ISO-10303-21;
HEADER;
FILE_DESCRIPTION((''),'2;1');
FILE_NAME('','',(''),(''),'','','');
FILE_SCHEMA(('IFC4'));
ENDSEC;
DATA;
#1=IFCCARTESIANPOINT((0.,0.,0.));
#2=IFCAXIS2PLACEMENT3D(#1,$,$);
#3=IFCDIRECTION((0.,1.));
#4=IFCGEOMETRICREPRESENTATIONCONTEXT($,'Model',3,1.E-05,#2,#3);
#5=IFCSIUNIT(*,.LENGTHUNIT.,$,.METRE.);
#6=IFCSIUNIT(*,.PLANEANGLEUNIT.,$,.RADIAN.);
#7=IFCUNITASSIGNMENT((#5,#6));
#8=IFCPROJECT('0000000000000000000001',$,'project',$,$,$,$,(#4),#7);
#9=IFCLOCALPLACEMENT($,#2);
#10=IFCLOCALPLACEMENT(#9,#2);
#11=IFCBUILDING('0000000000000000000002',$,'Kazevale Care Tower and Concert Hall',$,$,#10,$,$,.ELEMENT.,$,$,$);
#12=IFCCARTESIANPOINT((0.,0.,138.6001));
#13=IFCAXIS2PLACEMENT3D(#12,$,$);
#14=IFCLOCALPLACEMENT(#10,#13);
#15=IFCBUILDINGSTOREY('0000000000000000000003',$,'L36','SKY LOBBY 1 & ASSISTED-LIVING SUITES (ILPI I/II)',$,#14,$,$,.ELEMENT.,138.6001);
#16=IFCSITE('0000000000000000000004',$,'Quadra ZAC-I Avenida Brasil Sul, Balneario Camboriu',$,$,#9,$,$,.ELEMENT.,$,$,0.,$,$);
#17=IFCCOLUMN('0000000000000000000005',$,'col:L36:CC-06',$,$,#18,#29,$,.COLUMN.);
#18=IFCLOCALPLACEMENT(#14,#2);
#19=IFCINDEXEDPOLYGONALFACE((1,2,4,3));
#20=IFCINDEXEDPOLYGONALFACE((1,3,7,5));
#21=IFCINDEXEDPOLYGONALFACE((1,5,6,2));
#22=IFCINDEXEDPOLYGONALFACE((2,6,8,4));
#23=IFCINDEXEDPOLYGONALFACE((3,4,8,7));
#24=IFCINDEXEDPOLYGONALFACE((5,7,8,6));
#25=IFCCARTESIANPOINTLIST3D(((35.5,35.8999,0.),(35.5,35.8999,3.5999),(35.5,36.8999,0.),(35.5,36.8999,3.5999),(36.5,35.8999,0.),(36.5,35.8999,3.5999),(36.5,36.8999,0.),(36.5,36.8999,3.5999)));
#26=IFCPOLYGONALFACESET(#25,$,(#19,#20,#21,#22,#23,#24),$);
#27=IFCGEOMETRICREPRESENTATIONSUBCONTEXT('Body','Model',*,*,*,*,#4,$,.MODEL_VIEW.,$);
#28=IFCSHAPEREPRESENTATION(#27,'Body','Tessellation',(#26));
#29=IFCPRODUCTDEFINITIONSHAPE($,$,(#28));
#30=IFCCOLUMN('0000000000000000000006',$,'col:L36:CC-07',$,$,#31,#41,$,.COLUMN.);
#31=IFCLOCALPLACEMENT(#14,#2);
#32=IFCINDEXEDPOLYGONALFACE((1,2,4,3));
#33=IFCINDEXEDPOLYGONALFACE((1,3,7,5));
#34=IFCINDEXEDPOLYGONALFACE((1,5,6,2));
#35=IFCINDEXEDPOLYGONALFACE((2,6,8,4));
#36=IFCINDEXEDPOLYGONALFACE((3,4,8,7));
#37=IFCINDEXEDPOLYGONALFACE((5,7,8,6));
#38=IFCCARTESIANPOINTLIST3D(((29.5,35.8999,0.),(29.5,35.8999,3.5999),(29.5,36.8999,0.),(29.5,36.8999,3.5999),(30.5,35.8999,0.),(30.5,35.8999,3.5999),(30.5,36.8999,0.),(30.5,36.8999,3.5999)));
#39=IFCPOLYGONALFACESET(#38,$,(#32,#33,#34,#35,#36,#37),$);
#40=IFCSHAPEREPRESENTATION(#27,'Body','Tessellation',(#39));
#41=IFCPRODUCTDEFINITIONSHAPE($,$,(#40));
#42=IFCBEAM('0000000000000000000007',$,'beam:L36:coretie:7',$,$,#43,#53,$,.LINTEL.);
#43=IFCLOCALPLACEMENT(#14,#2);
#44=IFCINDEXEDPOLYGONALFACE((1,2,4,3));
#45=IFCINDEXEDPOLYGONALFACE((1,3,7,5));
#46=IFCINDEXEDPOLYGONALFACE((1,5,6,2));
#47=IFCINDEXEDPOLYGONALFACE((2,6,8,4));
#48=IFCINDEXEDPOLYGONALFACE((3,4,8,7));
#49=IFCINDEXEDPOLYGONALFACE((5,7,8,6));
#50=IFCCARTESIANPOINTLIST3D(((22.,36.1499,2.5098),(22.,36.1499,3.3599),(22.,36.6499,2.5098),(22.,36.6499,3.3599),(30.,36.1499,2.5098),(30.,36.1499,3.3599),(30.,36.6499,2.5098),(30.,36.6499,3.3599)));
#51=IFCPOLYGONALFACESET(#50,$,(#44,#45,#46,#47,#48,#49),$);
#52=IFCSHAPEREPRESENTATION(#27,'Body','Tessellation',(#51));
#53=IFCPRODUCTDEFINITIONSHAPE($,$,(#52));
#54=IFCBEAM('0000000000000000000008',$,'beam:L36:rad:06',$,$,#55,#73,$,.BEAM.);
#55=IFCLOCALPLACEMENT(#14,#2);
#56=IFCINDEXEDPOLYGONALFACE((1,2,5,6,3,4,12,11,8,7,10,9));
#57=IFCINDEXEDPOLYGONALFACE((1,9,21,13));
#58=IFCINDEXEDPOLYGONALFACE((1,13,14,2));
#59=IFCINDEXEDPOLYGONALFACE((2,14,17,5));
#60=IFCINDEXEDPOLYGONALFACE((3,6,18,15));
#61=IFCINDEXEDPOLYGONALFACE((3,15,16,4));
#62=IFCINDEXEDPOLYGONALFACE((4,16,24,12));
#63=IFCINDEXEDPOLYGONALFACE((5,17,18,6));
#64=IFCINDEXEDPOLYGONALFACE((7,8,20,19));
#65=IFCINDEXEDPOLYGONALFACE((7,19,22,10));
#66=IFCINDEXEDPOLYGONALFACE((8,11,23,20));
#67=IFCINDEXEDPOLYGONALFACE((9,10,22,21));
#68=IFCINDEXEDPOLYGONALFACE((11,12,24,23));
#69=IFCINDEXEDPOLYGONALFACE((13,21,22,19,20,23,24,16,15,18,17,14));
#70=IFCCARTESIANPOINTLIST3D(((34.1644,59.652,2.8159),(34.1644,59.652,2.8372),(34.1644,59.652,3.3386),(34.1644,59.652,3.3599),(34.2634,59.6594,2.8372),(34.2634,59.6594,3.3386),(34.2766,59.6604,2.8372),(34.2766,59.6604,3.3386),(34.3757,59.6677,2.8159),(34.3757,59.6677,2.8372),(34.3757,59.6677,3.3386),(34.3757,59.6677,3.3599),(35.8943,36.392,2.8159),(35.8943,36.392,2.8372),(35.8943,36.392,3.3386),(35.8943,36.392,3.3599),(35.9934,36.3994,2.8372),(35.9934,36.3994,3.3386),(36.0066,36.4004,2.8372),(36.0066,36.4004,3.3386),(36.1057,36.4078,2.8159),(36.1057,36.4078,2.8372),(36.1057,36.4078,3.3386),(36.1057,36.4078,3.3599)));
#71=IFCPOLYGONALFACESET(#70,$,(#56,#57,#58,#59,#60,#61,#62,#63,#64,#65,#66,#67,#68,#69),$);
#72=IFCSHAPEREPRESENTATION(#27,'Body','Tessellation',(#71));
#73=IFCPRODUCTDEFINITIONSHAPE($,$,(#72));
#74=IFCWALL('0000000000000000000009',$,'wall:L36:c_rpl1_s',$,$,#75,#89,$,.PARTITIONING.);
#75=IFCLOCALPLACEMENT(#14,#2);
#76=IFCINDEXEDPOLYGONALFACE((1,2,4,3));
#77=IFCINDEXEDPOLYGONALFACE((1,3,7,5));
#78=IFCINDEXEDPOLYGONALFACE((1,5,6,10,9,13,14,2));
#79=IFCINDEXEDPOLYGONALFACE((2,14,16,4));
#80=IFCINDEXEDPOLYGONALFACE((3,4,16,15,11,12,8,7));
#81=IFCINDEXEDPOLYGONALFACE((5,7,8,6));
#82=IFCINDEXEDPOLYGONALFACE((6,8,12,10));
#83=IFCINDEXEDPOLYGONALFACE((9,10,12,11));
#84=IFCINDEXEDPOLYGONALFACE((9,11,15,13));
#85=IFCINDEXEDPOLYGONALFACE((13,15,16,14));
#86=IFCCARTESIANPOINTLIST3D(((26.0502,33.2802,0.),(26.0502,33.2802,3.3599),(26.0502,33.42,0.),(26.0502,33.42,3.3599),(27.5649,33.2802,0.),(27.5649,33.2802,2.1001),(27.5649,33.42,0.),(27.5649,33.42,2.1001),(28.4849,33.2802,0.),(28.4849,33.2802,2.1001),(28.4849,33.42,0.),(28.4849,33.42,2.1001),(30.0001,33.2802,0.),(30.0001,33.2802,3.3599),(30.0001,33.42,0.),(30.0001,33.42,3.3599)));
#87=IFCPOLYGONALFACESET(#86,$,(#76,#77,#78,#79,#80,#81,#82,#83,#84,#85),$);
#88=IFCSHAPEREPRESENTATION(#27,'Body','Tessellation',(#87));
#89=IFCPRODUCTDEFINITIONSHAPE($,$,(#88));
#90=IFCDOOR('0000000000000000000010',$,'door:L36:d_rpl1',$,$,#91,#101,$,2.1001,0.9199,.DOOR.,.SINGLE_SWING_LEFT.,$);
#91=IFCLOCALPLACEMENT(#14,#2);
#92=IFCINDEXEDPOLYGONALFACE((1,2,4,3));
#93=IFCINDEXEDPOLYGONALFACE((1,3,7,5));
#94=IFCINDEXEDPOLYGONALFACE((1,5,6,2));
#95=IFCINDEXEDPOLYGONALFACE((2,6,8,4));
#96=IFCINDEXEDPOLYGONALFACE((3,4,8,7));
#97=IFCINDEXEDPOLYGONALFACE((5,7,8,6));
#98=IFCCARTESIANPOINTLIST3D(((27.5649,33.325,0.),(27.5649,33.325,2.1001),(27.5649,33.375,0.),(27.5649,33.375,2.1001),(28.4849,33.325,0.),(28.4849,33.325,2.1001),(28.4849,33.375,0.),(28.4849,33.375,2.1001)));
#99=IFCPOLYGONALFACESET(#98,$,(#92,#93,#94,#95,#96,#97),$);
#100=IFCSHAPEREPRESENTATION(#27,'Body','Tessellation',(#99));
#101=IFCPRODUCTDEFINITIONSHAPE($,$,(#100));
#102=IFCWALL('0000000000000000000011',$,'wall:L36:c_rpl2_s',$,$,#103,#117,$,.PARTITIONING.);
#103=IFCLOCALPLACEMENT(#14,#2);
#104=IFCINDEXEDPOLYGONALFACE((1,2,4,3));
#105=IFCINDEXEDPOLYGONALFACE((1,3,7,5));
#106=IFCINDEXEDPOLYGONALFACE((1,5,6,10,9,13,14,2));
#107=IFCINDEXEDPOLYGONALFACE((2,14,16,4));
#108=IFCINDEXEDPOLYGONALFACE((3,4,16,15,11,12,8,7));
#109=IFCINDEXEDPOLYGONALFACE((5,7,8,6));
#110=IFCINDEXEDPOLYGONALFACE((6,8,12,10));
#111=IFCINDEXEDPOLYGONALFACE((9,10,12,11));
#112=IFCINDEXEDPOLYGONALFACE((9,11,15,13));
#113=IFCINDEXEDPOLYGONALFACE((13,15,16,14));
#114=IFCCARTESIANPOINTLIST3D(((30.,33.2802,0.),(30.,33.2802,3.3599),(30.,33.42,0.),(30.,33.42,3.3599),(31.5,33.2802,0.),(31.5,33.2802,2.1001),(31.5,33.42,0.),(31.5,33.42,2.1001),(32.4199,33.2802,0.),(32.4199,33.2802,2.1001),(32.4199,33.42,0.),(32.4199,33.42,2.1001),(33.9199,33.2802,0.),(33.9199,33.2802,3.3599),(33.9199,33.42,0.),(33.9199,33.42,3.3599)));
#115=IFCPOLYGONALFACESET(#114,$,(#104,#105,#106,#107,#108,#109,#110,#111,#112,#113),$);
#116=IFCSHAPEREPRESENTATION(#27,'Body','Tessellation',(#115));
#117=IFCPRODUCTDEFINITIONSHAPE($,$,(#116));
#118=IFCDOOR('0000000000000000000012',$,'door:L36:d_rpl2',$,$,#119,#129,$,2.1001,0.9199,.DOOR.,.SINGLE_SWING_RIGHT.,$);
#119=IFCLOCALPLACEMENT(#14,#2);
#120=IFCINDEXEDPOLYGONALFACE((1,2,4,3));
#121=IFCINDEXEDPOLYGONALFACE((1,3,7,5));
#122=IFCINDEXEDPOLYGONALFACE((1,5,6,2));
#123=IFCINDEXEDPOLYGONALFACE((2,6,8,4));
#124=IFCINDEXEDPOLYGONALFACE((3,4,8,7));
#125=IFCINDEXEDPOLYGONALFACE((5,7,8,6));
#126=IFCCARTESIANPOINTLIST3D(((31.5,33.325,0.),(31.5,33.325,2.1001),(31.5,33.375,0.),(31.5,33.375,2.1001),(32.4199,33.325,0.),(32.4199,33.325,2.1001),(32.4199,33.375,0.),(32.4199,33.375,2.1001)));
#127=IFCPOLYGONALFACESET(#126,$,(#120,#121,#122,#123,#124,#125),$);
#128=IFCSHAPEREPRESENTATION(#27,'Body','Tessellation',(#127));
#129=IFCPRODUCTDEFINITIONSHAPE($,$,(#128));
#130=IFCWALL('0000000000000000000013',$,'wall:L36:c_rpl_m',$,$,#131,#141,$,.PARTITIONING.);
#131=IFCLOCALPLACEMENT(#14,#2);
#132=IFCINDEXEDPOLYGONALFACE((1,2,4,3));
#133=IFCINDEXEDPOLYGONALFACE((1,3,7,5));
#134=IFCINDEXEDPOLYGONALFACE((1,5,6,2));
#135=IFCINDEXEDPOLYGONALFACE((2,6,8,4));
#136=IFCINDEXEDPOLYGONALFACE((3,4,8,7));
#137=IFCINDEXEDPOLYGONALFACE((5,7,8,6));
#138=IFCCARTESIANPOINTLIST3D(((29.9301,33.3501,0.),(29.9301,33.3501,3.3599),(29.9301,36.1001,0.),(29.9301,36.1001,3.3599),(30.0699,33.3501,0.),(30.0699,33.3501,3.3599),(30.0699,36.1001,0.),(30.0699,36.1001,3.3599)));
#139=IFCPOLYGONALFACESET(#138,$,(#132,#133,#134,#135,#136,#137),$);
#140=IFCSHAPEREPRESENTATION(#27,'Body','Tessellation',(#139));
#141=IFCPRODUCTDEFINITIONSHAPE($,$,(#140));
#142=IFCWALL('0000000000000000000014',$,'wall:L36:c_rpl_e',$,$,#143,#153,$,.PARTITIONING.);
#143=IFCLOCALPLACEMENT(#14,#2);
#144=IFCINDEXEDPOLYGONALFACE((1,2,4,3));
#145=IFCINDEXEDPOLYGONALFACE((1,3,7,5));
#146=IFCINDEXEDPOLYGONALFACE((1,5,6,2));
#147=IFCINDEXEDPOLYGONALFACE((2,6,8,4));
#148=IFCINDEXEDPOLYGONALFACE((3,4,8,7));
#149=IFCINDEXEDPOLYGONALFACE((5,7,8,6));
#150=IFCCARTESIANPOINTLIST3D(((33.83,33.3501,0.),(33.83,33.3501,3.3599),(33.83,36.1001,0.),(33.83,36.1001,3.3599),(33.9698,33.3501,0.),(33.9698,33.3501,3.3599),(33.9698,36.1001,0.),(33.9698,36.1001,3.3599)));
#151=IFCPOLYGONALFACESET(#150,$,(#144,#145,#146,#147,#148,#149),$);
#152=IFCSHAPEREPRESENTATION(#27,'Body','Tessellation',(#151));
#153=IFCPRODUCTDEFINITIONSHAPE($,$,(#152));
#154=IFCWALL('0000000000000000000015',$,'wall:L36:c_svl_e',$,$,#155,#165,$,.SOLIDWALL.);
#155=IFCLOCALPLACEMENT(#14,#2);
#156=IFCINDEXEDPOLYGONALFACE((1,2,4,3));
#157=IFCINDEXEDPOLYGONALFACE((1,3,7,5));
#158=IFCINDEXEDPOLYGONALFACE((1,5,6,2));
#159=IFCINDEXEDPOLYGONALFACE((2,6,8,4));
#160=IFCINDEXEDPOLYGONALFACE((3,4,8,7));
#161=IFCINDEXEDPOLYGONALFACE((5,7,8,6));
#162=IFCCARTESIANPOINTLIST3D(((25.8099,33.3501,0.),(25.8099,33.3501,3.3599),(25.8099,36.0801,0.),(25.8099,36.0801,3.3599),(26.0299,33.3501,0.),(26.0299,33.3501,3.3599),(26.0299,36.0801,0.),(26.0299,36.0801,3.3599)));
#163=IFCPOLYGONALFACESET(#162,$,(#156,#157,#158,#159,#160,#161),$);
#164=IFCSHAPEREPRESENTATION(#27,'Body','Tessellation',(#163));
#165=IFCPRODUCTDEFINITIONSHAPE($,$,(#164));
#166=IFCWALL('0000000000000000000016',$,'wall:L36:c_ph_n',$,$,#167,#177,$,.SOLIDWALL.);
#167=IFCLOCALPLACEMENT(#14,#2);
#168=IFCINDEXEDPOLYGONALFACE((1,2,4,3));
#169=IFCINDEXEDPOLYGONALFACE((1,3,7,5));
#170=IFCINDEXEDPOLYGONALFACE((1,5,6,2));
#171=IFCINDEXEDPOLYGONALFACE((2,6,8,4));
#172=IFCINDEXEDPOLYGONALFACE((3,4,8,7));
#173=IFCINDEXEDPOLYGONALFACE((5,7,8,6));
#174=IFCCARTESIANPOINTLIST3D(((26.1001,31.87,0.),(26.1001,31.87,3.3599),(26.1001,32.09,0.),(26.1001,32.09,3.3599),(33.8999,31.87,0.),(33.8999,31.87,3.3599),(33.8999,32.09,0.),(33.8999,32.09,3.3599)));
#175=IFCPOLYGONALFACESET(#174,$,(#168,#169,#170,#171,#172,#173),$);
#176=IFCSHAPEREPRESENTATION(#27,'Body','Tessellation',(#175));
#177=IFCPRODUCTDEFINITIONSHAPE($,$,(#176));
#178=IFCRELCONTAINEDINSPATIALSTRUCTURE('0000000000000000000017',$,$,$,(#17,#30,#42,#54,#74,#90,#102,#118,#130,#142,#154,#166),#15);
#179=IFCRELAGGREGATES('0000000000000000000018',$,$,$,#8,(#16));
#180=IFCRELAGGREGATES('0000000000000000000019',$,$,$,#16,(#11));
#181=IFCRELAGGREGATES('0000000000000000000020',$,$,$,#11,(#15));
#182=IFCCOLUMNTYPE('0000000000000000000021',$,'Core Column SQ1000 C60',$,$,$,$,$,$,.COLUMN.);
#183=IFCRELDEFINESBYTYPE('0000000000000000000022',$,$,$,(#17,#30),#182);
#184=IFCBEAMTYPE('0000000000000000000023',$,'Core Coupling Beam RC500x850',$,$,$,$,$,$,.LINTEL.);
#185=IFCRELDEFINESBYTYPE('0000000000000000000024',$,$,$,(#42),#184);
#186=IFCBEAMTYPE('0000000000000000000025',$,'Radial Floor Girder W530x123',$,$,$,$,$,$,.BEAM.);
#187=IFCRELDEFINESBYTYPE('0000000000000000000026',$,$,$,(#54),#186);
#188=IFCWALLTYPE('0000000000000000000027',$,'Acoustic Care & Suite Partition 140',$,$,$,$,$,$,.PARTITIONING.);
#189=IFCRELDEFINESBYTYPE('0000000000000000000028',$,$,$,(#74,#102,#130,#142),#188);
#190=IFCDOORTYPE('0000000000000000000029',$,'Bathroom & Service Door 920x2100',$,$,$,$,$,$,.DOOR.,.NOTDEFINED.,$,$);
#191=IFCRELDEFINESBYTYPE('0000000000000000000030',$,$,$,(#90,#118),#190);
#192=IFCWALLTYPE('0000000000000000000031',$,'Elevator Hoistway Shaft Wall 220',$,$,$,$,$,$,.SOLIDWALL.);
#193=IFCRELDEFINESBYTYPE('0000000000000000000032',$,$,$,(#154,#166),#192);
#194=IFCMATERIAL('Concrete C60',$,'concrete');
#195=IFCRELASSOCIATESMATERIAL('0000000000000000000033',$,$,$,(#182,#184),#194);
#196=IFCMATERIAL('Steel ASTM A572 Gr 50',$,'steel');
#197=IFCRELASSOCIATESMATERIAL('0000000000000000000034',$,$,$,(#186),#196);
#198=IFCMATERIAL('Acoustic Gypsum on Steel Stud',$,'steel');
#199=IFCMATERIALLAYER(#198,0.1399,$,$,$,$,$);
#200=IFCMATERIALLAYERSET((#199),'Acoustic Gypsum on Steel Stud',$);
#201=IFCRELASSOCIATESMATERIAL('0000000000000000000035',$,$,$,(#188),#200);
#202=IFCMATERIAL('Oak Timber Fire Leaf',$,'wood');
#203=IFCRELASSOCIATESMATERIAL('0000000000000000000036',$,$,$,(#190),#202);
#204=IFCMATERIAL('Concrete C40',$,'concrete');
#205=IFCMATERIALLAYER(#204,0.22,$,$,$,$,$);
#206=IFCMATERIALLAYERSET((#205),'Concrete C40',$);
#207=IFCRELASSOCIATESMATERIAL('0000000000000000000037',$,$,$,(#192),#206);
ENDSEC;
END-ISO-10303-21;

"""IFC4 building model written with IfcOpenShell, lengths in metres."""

from ifc_helpers import new_model, si_unit, direction, frame, frame_2d, origin, origin_2d, place, context, subcontext, project, spatial, rectangle, i_section, extrude, material, layer, layer_set, material_profile, profile_set, type_object, element, fill, save


model = new_model("IFC4")

# Units and contexts
model_context = context("Model", 3, precision=1e-05, world=origin(), true_north=direction((0.0, 1.0)))
body_context = subcontext(model_context, "Body", "Model", "MODEL_VIEW")
ifc_project = project(units=[si_unit("LENGTHUNIT", "METRE"), si_unit("PLANEANGLEUNIT", "RADIAN")], contexts=[model_context])

# Site, building, storey
site_placement = place(None, origin())
site = spatial("IfcSite", under=ifc_project, at=site_placement, Name="Quadra ZAC-I Avenida Brasil Sul, Balneario Camboriu", CompositionType="ELEMENT", RefElevation=0.0)
building_placement = place(site_placement, origin())
building = spatial("IfcBuilding", under=site, at=building_placement, Name="Kazevale Care Tower and Concert Hall", CompositionType="ELEMENT")
storey_placement = place(building_placement, frame((0.0, 0.0, 138.6001)))
storey = spatial("IfcBuildingStorey", under=building, at=storey_placement, Name="L36", Description="SKY LOBBY 1 & ASSISTED-LIVING SUITES (ILPI I/II)", CompositionType="ELEMENT", Elevation=138.6001)

# Columns
ifc_material_1 = material(Name="Concrete C60", Category="concrete")
ifc_material_profile_1 = material_profile(ifc_material_1, rectangle(XDim=1.0, YDim=1.0, at=origin_2d()), Name="RC-SQ1000")
ifc_profile_set_1 = profile_set([ifc_material_profile_1], Name="Concrete C60")
column_type = type_object("IfcColumnType", Name="Core Column SQ1000 C60", PredefinedType="COLUMN", material=ifc_profile_set_1)
for number, where, z_axis, x_axis, name in (
    (1, (36.0, 36.3999, 0.0), (0.0, 0.0, 1.0), (1.0, 0.0, 0.0), "col:L36:CC-06"),
    (2, (30.0, 36.3999, 0.0), (0.0, 0.0, 1.0), (1.0, 0.0, 0.0), "col:L36:CC-07"),
):
    element("IfcColumn", number, at=place(storey_placement, frame(where, z_axis=z_axis, x_axis=x_axis)), inside=storey, type_object=column_type, Name=name, PredefinedType="COLUMN", context=body_context, shape_type="SweptSolid", body=[
        extrude(rectangle(XDim=1.0, YDim=1.0, at=origin_2d()), origin(), (0.0, 0.0, 1.0), 3.5999),
    ])

# Beams
ifc_material_profile_2 = material_profile(ifc_material_1, rectangle(XDim=0.5, YDim=0.8501, at=origin_2d()), Name="RC-B500x850")
ifc_profile_set_2 = profile_set([ifc_material_profile_2], Name="Concrete C60")
beam_type_1 = type_object("IfcBeamType", Name="Core Coupling Beam RC500x850", PredefinedType="LINTEL", material=ifc_profile_set_2)
beam_1_placement = place(storey_placement, frame((30.0, 36.3999, 2.9348), z_axis=(-1.0, 0.0, 0.0), x_axis=(0.0, -1.0, 0.0)))
element("IfcBeam", 3, at=beam_1_placement, inside=storey, type_object=beam_type_1, Name="beam:L36:coretie:7", PredefinedType="LINTEL", context=body_context, shape_type="SweptSolid", body=[
    extrude(rectangle(XDim=0.5, YDim=0.8501, at=origin_2d()), origin(), (0.0, 0.0, 1.0), 8.0),
])
ifc_material_2 = material(Name="Steel ASTM A572 Gr 50", Category="steel")
ifc_material_profile_3 = material_profile(ifc_material_2, i_section(OverallWidth=0.2119, OverallDepth=0.5439, WebThickness=0.0132, FlangeThickness=0.0212, at=origin_2d()), Name="W530x123")
ifc_profile_set_3 = profile_set([ifc_material_profile_3], Name="Steel ASTM A572 Gr 50")
beam_type_2 = type_object("IfcBeamType", Name="Radial Floor Girder W530x123", PredefinedType="BEAM", material=ifc_profile_set_3)
beam_2_placement = place(storey_placement, frame((36.0, 36.3999, 3.0879), z_axis=(-0.074171, 0.997246, 0.0), x_axis=(-0.997246, -0.074171, 0.0)))
element("IfcBeam", 4, at=beam_2_placement, inside=storey, type_object=beam_type_2, Name="beam:L36:rad:06", PredefinedType="BEAM", context=body_context, shape_type="SweptSolid", body=[
    extrude(i_section(OverallWidth=0.2119, OverallDepth=0.5439, WebThickness=0.0132, FlangeThickness=0.0212, at=origin_2d()), origin(), (0.0, 0.0, 1.0), 23.3242),
])

# Walls, openings, doors
ifc_material_3 = material(Name="Acoustic Gypsum on Steel Stud", Category="steel")
ifc_layer_1 = layer(ifc_material_3, 0.1399)
ifc_layer_set_1 = layer_set([ifc_layer_1], Name="Acoustic Gypsum on Steel Stud")
wall_type_1 = type_object("IfcWallType", Name="Acoustic Care & Suite Partition 140", PredefinedType="PARTITIONING", material=ifc_layer_set_1)
wall_1_placement = place(storey_placement, frame((26.05, 33.3501, 0.0), z_axis=(0.0, 0.0, 1.0), x_axis=(1.0, 0.0, 0.0)))
wall_1 = element("IfcWall", 5, at=wall_1_placement, inside=storey, type_object=wall_type_1, Name="wall:L36:c_rpl1_s", PredefinedType="PARTITIONING", context=body_context, shape_type="SweptSolid", body=[
    extrude(rectangle(XDim=3.95, YDim=0.1399, at=frame_2d((1.9751, 0.0))), origin(), (0.0, 0.0, 1.0), 3.3599),
])
opening_1_placement = place(wall_1_placement, frame((1.5149, 0.0, 0.0)))
opening_1 = element("IfcOpeningElement", 6, at=opening_1_placement, cuts=wall_1, PredefinedType="OPENING", context=body_context, shape_type="SweptSolid", body=[
    extrude(rectangle(XDim=0.9199, YDim=2.1001, at=frame_2d((0.46, 1.05))), frame((0.0, 0.0798, 0.0), z_axis=(0.0, -1.0, 0.0), x_axis=(1.0, 0.0, 0.0)), (0.0, 0.0, 1.0), 0.1599),
])
ifc_material_4 = material(Name="Oak Timber Fire Leaf", Category="wood")
door_type_1 = type_object("IfcDoorType", Name="Bathroom & Service Door 920x2100", OperationType="NOTDEFINED", PredefinedType="DOOR", material=ifc_material_4)
door_1_placement = place(opening_1_placement, origin())
door_1 = element("IfcDoor", 7, at=door_1_placement, inside=storey, type_object=door_type_1, Name="door:L36:d_rpl1", OperationType="SINGLE_SWING_LEFT", OverallHeight=2.1001, OverallWidth=0.9199, PredefinedType="DOOR", context=body_context, shape_type="SweptSolid", body=[
    extrude(rectangle(XDim=0.9199, YDim=2.1001, at=frame_2d((0.46, 1.05))), frame((0.0, 0.0249, 0.0), z_axis=(0.0, -1.0, 0.0), x_axis=(1.0, 0.0, 0.0)), (0.0, 0.0, 1.0), 0.05),
])
fill(opening_1, door_1)
wall_2_placement = place(storey_placement, frame((30.0, 33.3501, 0.0), z_axis=(0.0, 0.0, 1.0), x_axis=(1.0, 0.0, 0.0)))
wall_2 = element("IfcWall", 8, at=wall_2_placement, inside=storey, type_object=wall_type_1, Name="wall:L36:c_rpl2_s", PredefinedType="PARTITIONING", context=body_context, shape_type="SweptSolid", body=[
    extrude(rectangle(XDim=3.9199, YDim=0.1399, at=frame_2d((1.96, 0.0))), origin(), (0.0, 0.0, 1.0), 3.3599),
])
opening_2_placement = place(wall_2_placement, frame((1.5, 0.0, 0.0)))
opening_2 = element("IfcOpeningElement", 9, at=opening_2_placement, cuts=wall_2, PredefinedType="OPENING", context=body_context, shape_type="SweptSolid", body=[
    extrude(rectangle(XDim=0.9199, YDim=2.1001, at=frame_2d((0.46, 1.05))), frame((0.0, 0.0798, 0.0), z_axis=(0.0, -1.0, 0.0), x_axis=(1.0, 0.0, 0.0)), (0.0, 0.0, 1.0), 0.1599),
])
door_2_placement = place(opening_2_placement, origin())
door_2 = element("IfcDoor", 10, at=door_2_placement, inside=storey, type_object=door_type_1, Name="door:L36:d_rpl2", OperationType="SINGLE_SWING_RIGHT", OverallHeight=2.1001, OverallWidth=0.9199, PredefinedType="DOOR", context=body_context, shape_type="SweptSolid", body=[
    extrude(rectangle(XDim=0.9199, YDim=2.1001, at=frame_2d((0.46, 1.05))), frame((0.0, 0.0249, 0.0), z_axis=(0.0, -1.0, 0.0), x_axis=(1.0, 0.0, 0.0)), (0.0, 0.0, 1.0), 0.05),
])
fill(opening_2, door_2)

# Walls
for number, where, z_axis, x_axis, name in (
    (11, (30.0, 33.3501, 0.0), (0.0, 0.0, 1.0), (0.0, 1.0, 0.0), "wall:L36:c_rpl_m"),
    (12, (33.8999, 33.3501, 0.0), (0.0, 0.0, 1.0), (0.0, 1.0, 0.0), "wall:L36:c_rpl_e"),
):
    element("IfcWall", number, at=place(storey_placement, frame(where, z_axis=z_axis, x_axis=x_axis)), inside=storey, type_object=wall_type_1, Name=name, PredefinedType="PARTITIONING", context=body_context, shape_type="SweptSolid", body=[
        extrude(rectangle(XDim=2.75, YDim=0.1399, at=frame_2d((1.375, 0.0))), origin(), (0.0, 0.0, 1.0), 3.3599),
    ])
ifc_material_5 = material(Name="Concrete C40", Category="concrete")
ifc_layer_2 = layer(ifc_material_5, 0.22)
ifc_layer_set_2 = layer_set([ifc_layer_2], Name="Concrete C40")
wall_type_2 = type_object("IfcWallType", Name="Elevator Hoistway Shaft Wall 220", PredefinedType="SOLIDWALL", material=ifc_layer_set_2)
wall_3_placement = place(storey_placement, frame((25.9199, 33.3501, 0.0), z_axis=(0.0, 0.0, 1.0), x_axis=(0.0, 1.0, 0.0)))
element("IfcWall", 13, at=wall_3_placement, inside=storey, type_object=wall_type_2, Name="wall:L36:c_svl_e", PredefinedType="SOLIDWALL", context=body_context, shape_type="SweptSolid", body=[
    extrude(rectangle(XDim=2.73, YDim=0.22, at=frame_2d((1.365, 0.0))), origin(), (0.0, 0.0, 1.0), 3.3599),
])
wall_4_placement = place(storey_placement, frame((26.1001, 31.98, 0.0), z_axis=(0.0, 0.0, 1.0), x_axis=(1.0, 0.0, 0.0)))
element("IfcWall", 14, at=wall_4_placement, inside=storey, type_object=wall_type_2, Name="wall:L36:c_ph_n", PredefinedType="SOLIDWALL", context=body_context, shape_type="SweptSolid", body=[
    extrude(rectangle(XDim=7.7998, YDim=0.22, at=frame_2d((3.8999, 0.0))), origin(), (0.0, 0.0, 1.0), 3.3599),
])

save(model, "model.ifc")
